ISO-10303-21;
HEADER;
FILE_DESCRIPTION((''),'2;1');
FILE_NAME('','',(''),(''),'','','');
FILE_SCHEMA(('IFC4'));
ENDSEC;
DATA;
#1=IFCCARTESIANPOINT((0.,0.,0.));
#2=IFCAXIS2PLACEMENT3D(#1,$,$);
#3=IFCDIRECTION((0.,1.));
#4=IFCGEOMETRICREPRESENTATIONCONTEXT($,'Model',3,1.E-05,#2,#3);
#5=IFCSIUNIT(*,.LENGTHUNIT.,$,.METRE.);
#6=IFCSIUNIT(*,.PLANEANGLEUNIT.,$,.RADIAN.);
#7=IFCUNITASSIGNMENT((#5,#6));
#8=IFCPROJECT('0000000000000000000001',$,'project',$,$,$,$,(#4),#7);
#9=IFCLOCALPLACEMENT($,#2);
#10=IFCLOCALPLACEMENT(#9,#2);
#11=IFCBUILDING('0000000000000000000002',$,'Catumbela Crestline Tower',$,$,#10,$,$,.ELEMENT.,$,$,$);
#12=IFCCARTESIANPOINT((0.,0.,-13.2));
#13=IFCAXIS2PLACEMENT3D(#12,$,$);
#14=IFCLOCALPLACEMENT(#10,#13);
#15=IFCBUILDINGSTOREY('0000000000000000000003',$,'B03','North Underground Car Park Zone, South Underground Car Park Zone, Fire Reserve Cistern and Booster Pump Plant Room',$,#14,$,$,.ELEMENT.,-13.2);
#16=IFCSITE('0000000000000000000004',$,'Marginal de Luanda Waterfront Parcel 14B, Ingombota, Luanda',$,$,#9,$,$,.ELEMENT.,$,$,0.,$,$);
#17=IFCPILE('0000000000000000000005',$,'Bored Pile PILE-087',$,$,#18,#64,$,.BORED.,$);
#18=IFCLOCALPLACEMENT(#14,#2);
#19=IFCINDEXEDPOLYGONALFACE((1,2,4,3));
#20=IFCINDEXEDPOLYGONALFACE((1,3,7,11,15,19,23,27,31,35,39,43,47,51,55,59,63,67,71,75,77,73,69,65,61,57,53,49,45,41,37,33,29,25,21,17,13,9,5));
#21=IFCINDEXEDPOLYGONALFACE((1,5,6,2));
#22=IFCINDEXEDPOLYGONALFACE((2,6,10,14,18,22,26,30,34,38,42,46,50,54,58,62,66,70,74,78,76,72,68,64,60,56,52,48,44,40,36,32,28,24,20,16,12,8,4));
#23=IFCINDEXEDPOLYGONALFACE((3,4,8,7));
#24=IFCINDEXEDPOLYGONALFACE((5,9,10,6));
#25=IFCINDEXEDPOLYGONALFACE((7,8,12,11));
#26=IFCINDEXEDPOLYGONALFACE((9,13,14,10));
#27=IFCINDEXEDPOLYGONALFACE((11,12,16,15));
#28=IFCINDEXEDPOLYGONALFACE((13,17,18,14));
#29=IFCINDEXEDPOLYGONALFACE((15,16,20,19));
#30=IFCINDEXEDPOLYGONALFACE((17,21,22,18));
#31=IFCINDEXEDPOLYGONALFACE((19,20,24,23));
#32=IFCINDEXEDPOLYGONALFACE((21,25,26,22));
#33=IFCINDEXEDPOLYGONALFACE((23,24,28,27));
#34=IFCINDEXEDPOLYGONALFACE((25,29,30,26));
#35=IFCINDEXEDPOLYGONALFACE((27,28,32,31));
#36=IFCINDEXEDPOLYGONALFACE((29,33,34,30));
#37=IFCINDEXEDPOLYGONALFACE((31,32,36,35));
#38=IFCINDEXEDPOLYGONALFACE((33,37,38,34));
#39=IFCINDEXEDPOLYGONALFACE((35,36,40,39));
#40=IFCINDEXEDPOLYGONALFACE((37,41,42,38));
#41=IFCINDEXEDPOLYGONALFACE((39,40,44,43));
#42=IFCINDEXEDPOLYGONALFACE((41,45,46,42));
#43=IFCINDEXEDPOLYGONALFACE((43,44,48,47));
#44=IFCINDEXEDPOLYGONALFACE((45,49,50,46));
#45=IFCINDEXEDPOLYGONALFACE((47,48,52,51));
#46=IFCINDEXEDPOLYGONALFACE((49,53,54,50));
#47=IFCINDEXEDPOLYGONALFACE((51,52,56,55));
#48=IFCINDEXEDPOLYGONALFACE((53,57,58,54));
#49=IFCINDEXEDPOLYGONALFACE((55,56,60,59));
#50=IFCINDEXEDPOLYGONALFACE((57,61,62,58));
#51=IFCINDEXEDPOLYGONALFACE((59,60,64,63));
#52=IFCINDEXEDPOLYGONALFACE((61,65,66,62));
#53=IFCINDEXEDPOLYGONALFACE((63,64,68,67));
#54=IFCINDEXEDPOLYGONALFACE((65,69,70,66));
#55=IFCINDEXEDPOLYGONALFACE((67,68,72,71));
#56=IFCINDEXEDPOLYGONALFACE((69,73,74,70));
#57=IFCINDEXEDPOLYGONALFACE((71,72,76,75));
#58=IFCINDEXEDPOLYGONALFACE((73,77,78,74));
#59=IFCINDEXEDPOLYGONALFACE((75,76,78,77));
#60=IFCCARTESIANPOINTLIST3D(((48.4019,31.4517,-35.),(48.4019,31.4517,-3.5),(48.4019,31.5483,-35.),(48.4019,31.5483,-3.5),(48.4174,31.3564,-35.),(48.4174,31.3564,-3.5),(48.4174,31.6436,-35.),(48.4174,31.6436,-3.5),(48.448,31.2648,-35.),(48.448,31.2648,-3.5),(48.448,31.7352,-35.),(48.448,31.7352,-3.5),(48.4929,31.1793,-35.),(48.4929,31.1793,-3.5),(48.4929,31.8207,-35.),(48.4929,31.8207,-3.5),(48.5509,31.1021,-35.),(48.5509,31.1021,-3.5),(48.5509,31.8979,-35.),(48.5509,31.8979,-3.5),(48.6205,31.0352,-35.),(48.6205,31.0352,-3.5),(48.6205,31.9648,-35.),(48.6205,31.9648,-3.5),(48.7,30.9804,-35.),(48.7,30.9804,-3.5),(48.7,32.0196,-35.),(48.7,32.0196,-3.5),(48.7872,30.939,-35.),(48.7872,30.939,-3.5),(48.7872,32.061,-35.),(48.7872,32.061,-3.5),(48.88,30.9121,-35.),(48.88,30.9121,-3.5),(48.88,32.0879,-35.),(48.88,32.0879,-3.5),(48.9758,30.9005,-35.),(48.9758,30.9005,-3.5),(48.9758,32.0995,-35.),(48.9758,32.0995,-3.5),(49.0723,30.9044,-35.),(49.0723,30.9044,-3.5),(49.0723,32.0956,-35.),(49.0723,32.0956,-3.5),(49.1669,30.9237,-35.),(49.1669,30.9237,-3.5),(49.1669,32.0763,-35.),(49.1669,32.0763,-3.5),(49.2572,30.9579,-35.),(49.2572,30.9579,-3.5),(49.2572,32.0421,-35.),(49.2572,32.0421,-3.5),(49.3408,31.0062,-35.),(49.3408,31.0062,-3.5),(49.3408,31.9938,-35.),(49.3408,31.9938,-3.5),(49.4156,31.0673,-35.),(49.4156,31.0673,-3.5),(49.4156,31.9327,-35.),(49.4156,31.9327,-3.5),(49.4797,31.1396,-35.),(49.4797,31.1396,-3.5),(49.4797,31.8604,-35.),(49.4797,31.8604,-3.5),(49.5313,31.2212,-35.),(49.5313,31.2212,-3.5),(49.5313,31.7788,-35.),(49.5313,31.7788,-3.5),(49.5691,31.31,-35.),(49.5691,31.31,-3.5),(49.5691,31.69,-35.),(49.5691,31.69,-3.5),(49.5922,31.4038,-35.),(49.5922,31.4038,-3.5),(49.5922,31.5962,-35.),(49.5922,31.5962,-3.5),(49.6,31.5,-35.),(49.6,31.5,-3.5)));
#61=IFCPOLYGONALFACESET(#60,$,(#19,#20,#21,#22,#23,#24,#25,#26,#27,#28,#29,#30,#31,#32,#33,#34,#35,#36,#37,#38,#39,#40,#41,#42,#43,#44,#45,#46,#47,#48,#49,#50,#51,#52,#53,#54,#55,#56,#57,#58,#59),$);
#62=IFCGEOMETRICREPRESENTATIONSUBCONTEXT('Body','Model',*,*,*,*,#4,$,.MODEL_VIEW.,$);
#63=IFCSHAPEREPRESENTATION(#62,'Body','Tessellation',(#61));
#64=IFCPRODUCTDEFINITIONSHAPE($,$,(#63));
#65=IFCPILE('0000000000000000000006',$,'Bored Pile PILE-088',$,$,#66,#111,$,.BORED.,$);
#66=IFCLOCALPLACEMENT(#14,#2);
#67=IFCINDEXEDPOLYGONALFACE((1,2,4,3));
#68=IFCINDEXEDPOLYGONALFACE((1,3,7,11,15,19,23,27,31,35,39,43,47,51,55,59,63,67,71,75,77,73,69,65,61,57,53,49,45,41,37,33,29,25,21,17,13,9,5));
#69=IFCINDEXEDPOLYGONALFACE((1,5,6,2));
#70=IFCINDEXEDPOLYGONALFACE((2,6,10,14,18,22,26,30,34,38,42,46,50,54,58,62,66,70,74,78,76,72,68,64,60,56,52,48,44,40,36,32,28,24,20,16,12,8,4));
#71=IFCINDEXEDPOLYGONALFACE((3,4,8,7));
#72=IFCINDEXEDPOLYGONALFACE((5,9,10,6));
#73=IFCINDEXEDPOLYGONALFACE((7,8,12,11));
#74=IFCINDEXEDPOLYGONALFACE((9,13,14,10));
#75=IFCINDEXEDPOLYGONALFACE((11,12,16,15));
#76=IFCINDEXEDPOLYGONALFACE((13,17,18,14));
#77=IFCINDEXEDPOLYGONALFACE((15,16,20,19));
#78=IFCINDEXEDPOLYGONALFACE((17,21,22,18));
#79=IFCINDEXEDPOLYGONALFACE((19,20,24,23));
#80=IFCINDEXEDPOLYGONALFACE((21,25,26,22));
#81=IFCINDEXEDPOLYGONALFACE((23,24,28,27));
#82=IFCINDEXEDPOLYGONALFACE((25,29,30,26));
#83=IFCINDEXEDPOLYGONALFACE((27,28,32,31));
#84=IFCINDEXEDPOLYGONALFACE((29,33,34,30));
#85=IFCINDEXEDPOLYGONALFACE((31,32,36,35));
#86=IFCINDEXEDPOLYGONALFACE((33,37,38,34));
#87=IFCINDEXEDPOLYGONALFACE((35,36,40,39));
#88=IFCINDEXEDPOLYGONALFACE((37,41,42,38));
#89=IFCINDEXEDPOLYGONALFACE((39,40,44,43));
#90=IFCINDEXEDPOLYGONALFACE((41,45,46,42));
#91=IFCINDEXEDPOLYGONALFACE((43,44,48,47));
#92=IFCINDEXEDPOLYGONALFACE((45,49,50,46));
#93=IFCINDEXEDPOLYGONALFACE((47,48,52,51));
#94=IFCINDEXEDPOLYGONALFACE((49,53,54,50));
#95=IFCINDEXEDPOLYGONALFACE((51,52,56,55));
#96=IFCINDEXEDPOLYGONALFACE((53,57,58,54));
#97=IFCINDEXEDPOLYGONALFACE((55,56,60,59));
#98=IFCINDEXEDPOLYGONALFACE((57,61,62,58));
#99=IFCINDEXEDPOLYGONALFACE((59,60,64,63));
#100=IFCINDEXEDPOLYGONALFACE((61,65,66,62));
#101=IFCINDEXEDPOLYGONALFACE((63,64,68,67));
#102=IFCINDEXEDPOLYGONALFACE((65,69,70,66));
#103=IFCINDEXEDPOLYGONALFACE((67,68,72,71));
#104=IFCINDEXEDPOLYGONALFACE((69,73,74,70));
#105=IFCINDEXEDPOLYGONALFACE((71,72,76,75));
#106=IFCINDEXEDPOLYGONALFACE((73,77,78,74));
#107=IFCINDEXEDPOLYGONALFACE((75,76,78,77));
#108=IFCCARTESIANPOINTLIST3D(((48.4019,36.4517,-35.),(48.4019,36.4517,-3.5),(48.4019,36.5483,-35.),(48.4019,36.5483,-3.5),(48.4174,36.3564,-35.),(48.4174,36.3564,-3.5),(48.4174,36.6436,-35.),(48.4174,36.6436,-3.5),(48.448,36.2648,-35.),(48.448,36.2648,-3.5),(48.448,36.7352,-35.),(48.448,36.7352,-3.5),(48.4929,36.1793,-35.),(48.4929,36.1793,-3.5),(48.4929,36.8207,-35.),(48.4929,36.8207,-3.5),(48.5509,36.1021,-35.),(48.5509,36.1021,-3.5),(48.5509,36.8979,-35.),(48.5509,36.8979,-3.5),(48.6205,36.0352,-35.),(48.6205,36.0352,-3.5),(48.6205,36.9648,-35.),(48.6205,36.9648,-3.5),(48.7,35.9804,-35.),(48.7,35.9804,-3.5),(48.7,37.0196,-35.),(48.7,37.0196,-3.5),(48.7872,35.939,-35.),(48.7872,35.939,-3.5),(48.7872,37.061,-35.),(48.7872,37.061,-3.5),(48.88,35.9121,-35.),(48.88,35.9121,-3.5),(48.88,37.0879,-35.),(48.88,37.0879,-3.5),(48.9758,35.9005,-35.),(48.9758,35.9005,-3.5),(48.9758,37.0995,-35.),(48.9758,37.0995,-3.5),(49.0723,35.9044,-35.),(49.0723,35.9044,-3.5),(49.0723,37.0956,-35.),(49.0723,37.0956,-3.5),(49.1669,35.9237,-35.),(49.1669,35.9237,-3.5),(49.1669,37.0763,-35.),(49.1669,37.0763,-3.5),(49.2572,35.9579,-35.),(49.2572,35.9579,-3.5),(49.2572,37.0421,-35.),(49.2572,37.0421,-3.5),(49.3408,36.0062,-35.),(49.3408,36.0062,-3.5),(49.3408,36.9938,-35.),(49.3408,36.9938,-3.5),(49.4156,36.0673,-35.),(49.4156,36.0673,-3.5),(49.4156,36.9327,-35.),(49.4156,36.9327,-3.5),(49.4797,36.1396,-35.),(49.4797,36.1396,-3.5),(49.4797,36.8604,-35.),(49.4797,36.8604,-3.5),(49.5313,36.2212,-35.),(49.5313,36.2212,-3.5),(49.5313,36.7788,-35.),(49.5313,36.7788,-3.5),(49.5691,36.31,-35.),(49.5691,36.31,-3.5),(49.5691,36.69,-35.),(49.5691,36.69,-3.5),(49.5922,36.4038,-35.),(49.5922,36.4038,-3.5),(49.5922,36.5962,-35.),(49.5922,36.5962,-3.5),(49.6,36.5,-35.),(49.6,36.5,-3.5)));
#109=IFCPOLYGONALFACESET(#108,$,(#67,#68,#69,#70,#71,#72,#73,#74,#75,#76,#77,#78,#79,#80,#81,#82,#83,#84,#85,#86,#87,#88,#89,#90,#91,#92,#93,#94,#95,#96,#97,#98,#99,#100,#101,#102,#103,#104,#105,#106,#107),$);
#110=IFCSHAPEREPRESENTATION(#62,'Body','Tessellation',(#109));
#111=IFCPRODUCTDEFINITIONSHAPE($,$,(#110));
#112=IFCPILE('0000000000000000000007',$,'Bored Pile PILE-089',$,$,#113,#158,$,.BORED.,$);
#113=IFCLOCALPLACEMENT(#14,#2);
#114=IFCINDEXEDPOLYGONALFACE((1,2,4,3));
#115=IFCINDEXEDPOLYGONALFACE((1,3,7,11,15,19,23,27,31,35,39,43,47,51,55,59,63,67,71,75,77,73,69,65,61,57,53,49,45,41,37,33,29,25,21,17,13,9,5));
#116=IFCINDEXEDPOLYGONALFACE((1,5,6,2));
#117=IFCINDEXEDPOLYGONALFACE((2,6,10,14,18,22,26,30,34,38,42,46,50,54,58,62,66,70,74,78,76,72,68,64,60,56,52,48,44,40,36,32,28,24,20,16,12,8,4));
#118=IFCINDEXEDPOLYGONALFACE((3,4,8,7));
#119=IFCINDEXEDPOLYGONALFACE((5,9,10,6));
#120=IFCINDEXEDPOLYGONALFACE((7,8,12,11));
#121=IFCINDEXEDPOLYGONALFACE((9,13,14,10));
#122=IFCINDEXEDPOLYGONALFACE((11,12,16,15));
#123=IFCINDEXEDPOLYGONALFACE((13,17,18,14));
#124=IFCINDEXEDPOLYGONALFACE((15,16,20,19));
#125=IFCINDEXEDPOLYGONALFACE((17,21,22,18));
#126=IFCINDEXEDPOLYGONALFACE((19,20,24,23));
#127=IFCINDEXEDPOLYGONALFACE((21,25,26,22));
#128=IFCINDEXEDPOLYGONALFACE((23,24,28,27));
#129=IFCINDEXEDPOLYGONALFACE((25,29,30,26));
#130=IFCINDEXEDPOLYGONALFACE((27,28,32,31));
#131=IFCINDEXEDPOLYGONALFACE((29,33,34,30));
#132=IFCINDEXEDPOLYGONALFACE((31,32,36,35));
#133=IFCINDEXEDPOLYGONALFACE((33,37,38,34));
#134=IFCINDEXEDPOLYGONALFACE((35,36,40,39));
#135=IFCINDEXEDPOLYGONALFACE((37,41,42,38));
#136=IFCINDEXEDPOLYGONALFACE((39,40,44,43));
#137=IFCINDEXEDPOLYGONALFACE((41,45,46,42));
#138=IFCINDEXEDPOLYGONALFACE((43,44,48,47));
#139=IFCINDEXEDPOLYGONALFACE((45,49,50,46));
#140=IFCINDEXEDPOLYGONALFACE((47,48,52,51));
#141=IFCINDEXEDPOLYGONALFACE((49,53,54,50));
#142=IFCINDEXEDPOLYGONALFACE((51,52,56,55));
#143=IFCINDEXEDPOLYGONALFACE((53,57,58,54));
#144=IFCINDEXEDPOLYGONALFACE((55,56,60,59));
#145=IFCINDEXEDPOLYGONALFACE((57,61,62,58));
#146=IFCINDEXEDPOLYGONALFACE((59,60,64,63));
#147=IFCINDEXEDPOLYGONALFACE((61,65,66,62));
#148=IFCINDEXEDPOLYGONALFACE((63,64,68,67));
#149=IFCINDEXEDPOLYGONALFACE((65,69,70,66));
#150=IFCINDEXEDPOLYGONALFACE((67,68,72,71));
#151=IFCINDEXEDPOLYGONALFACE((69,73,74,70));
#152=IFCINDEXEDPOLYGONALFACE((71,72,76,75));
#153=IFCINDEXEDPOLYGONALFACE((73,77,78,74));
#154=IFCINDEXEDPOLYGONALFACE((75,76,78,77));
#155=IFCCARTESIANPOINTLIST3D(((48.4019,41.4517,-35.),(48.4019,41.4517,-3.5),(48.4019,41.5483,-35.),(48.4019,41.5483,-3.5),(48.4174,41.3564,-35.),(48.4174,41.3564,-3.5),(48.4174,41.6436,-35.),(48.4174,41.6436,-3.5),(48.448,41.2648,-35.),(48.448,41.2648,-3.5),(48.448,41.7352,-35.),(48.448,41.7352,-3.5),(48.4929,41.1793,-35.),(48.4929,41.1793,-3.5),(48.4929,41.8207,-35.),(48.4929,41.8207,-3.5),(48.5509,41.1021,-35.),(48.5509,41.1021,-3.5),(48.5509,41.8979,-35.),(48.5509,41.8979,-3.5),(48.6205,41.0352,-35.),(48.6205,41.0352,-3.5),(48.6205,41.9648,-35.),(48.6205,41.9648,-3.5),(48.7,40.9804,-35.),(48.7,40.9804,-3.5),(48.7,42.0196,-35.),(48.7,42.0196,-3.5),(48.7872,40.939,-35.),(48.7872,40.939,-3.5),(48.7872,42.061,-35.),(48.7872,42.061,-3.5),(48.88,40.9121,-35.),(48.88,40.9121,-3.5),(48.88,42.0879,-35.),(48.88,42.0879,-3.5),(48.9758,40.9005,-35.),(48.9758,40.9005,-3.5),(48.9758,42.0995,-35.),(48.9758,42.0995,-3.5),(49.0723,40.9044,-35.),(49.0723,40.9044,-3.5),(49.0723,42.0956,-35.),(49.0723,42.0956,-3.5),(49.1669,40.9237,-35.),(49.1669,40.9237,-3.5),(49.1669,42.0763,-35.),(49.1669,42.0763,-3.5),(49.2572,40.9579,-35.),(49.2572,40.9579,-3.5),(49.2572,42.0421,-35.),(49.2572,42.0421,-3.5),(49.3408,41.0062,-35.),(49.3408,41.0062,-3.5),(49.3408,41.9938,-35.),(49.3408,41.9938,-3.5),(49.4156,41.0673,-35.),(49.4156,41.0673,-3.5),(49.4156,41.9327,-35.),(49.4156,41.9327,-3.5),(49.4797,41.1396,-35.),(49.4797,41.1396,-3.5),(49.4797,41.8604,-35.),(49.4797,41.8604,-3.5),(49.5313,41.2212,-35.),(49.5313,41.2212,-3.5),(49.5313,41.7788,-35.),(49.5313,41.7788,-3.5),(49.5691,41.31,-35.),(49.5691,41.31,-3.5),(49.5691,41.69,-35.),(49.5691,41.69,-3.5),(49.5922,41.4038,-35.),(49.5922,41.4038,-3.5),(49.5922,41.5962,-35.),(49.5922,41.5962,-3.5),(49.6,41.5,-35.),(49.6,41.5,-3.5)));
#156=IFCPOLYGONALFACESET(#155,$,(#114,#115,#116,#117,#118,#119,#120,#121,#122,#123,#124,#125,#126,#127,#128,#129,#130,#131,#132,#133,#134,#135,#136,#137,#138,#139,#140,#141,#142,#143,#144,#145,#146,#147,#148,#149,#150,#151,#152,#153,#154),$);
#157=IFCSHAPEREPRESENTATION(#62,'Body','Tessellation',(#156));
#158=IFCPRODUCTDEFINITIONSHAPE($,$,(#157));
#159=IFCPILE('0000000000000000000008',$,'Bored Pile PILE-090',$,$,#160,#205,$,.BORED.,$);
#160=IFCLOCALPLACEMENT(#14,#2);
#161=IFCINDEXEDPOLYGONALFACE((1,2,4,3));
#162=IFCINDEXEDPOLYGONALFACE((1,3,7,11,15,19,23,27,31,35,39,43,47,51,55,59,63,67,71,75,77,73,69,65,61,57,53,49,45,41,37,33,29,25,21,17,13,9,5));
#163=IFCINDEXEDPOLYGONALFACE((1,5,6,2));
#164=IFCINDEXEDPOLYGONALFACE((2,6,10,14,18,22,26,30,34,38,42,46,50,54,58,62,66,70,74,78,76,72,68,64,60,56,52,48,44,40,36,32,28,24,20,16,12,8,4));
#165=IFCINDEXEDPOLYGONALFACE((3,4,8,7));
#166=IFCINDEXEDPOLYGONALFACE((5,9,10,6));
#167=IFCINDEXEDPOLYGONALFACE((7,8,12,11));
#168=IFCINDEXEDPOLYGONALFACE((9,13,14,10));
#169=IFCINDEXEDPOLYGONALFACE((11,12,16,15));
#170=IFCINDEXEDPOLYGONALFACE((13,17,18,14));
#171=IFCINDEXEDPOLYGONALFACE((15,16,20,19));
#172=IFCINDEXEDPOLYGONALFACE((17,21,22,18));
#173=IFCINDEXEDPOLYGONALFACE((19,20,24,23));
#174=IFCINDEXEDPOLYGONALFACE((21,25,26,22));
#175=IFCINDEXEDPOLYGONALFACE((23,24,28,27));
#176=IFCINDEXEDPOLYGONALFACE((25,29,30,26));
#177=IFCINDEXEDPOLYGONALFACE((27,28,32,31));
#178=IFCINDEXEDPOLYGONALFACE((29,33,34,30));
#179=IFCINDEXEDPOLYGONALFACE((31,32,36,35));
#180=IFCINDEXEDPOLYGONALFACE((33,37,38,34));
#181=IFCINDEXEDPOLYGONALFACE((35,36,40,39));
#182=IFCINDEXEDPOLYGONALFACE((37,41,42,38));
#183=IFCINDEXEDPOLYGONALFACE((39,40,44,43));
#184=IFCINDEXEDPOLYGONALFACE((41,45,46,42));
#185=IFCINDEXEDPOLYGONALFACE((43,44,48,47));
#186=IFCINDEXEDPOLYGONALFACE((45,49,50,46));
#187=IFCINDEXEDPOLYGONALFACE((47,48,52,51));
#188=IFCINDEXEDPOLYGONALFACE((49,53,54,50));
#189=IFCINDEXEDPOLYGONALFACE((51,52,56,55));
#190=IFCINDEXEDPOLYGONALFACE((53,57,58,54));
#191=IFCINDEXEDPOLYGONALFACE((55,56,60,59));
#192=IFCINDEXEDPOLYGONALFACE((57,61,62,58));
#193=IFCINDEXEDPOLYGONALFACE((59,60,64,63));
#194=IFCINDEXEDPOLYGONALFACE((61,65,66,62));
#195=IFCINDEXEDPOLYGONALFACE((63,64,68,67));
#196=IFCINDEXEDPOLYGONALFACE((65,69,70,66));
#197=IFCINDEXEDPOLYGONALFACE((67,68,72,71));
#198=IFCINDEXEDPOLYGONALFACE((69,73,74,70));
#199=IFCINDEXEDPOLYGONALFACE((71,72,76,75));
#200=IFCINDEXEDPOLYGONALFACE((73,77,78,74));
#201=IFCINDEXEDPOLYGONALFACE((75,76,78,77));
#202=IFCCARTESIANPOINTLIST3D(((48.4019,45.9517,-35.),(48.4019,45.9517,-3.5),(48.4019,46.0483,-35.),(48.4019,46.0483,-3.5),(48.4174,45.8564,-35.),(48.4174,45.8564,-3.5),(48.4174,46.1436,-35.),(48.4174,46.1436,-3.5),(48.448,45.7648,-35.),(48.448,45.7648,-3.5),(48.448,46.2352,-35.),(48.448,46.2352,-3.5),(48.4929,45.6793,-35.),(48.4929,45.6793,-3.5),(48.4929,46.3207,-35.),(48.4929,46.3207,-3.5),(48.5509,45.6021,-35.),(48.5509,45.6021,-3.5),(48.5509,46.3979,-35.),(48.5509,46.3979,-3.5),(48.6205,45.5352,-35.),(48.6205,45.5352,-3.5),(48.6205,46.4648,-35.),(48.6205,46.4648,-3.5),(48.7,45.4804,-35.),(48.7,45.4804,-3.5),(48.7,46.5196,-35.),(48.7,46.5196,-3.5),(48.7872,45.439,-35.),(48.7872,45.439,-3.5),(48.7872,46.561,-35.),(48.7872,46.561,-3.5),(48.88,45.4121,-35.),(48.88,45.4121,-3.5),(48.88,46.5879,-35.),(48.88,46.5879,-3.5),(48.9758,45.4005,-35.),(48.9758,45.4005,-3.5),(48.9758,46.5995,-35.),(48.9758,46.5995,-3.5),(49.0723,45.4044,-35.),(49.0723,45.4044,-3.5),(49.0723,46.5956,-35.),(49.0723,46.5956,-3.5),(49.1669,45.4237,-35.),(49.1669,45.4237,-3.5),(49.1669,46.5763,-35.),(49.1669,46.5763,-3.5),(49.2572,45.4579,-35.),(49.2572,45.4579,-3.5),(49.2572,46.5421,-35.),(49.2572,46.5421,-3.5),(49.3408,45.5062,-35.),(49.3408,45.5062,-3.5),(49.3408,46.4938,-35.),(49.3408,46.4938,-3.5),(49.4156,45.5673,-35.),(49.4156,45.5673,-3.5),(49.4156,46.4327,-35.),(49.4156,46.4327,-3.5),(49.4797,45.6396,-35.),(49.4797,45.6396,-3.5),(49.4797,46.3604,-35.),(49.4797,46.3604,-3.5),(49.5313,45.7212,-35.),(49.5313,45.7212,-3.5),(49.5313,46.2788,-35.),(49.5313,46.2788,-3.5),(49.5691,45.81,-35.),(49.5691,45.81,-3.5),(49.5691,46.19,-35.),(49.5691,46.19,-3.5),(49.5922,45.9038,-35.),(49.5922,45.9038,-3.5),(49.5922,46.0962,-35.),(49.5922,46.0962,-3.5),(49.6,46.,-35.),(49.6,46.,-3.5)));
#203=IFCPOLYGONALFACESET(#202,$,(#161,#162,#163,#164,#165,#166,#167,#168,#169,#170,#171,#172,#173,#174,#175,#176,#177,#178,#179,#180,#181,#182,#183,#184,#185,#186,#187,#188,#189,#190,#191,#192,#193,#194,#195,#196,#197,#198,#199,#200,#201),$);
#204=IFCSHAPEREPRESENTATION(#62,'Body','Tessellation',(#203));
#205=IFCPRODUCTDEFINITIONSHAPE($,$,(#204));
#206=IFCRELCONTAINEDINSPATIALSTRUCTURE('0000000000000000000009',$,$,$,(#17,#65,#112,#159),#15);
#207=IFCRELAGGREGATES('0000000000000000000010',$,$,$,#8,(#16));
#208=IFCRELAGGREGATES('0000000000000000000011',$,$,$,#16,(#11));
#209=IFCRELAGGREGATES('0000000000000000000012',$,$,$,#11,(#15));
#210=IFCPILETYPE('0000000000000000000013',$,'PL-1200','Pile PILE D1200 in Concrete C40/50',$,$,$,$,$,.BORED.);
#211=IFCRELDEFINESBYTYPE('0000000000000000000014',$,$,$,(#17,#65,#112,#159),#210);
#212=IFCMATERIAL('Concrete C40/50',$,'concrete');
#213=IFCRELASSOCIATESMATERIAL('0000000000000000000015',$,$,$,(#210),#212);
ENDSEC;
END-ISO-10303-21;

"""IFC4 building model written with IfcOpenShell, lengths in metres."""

from ifc_helpers import new_model, si_unit, direction, frame, origin, origin_2d, place, context, subcontext, project, spatial, circle, extrude, material, material_profile, profile_set, type_object, element, save


model = new_model("IFC4")

# Units and contexts
model_context = context("Model", 3, precision=1e-05, world=origin(), true_north=direction((0.0, 1.0)))
body_context = subcontext(model_context, "Body", "Model", "MODEL_VIEW")
ifc_project = project(units=[si_unit("LENGTHUNIT", "METRE"), si_unit("PLANEANGLEUNIT", "RADIAN")], contexts=[model_context])

# Site, building, storey
site_placement = place(None, origin())
site = spatial("IfcSite", under=ifc_project, at=site_placement, Name="Marginal de Luanda Waterfront Parcel 14B, Ingombota, Luanda", CompositionType="ELEMENT", RefElevation=0.0)
building_placement = place(site_placement, origin())
building = spatial("IfcBuilding", under=site, at=building_placement, Name="Catumbela Crestline Tower", CompositionType="ELEMENT")
storey_placement = place(building_placement, frame((0.0, 0.0, -13.2)))
storey = spatial("IfcBuildingStorey", under=building, at=storey_placement, Name="B03", Description="North Underground Car Park Zone, South Underground Car Park Zone, Fire Reserve Cistern and Booster Pump Plant Room", CompositionType="ELEMENT", Elevation=-13.2)

# Piles
ifc_material_1 = material(Name="Concrete C40/50", Category="concrete")
ifc_material_profile_1 = material_profile(ifc_material_1, circle(Radius=0.6, at=origin_2d()), Name="PILE D1200")
ifc_profile_set_1 = profile_set([ifc_material_profile_1], Name="Concrete C40/50")
pile_type_1 = type_object("IfcPileType", Name="PL-1200", Description="Pile PILE D1200 in Concrete C40/50", PredefinedType="BORED", material=ifc_profile_set_1)
for number, where, z_axis, x_axis, name in (
    (1, (49.0, 31.5, -3.5), (0.0, 0.0, -1.0), (1.0, 0.0, 0.0), "Bored Pile PILE-087"),
    (2, (49.0, 36.5, -3.5), (0.0, 0.0, -1.0), (1.0, 0.0, 0.0), "Bored Pile PILE-088"),
    (3, (49.0, 41.5, -3.5), (0.0, 0.0, -1.0), (1.0, 0.0, 0.0), "Bored Pile PILE-089"),
    (4, (49.0, 46.0, -3.5), (0.0, 0.0, -1.0), (1.0, 0.0, 0.0), "Bored Pile PILE-090"),
):
    element("IfcPile", number, at=place(storey_placement, frame(where, z_axis=z_axis, x_axis=x_axis)), inside=storey, type_object=pile_type_1, Name=name, PredefinedType="BORED", context=body_context, shape_type="SweptSolid", body=[
        extrude(circle(Radius=0.6, at=origin_2d()), origin(), (0.0, 0.0, 1.0), 31.5),
    ])

save(model, "model.ifc")
